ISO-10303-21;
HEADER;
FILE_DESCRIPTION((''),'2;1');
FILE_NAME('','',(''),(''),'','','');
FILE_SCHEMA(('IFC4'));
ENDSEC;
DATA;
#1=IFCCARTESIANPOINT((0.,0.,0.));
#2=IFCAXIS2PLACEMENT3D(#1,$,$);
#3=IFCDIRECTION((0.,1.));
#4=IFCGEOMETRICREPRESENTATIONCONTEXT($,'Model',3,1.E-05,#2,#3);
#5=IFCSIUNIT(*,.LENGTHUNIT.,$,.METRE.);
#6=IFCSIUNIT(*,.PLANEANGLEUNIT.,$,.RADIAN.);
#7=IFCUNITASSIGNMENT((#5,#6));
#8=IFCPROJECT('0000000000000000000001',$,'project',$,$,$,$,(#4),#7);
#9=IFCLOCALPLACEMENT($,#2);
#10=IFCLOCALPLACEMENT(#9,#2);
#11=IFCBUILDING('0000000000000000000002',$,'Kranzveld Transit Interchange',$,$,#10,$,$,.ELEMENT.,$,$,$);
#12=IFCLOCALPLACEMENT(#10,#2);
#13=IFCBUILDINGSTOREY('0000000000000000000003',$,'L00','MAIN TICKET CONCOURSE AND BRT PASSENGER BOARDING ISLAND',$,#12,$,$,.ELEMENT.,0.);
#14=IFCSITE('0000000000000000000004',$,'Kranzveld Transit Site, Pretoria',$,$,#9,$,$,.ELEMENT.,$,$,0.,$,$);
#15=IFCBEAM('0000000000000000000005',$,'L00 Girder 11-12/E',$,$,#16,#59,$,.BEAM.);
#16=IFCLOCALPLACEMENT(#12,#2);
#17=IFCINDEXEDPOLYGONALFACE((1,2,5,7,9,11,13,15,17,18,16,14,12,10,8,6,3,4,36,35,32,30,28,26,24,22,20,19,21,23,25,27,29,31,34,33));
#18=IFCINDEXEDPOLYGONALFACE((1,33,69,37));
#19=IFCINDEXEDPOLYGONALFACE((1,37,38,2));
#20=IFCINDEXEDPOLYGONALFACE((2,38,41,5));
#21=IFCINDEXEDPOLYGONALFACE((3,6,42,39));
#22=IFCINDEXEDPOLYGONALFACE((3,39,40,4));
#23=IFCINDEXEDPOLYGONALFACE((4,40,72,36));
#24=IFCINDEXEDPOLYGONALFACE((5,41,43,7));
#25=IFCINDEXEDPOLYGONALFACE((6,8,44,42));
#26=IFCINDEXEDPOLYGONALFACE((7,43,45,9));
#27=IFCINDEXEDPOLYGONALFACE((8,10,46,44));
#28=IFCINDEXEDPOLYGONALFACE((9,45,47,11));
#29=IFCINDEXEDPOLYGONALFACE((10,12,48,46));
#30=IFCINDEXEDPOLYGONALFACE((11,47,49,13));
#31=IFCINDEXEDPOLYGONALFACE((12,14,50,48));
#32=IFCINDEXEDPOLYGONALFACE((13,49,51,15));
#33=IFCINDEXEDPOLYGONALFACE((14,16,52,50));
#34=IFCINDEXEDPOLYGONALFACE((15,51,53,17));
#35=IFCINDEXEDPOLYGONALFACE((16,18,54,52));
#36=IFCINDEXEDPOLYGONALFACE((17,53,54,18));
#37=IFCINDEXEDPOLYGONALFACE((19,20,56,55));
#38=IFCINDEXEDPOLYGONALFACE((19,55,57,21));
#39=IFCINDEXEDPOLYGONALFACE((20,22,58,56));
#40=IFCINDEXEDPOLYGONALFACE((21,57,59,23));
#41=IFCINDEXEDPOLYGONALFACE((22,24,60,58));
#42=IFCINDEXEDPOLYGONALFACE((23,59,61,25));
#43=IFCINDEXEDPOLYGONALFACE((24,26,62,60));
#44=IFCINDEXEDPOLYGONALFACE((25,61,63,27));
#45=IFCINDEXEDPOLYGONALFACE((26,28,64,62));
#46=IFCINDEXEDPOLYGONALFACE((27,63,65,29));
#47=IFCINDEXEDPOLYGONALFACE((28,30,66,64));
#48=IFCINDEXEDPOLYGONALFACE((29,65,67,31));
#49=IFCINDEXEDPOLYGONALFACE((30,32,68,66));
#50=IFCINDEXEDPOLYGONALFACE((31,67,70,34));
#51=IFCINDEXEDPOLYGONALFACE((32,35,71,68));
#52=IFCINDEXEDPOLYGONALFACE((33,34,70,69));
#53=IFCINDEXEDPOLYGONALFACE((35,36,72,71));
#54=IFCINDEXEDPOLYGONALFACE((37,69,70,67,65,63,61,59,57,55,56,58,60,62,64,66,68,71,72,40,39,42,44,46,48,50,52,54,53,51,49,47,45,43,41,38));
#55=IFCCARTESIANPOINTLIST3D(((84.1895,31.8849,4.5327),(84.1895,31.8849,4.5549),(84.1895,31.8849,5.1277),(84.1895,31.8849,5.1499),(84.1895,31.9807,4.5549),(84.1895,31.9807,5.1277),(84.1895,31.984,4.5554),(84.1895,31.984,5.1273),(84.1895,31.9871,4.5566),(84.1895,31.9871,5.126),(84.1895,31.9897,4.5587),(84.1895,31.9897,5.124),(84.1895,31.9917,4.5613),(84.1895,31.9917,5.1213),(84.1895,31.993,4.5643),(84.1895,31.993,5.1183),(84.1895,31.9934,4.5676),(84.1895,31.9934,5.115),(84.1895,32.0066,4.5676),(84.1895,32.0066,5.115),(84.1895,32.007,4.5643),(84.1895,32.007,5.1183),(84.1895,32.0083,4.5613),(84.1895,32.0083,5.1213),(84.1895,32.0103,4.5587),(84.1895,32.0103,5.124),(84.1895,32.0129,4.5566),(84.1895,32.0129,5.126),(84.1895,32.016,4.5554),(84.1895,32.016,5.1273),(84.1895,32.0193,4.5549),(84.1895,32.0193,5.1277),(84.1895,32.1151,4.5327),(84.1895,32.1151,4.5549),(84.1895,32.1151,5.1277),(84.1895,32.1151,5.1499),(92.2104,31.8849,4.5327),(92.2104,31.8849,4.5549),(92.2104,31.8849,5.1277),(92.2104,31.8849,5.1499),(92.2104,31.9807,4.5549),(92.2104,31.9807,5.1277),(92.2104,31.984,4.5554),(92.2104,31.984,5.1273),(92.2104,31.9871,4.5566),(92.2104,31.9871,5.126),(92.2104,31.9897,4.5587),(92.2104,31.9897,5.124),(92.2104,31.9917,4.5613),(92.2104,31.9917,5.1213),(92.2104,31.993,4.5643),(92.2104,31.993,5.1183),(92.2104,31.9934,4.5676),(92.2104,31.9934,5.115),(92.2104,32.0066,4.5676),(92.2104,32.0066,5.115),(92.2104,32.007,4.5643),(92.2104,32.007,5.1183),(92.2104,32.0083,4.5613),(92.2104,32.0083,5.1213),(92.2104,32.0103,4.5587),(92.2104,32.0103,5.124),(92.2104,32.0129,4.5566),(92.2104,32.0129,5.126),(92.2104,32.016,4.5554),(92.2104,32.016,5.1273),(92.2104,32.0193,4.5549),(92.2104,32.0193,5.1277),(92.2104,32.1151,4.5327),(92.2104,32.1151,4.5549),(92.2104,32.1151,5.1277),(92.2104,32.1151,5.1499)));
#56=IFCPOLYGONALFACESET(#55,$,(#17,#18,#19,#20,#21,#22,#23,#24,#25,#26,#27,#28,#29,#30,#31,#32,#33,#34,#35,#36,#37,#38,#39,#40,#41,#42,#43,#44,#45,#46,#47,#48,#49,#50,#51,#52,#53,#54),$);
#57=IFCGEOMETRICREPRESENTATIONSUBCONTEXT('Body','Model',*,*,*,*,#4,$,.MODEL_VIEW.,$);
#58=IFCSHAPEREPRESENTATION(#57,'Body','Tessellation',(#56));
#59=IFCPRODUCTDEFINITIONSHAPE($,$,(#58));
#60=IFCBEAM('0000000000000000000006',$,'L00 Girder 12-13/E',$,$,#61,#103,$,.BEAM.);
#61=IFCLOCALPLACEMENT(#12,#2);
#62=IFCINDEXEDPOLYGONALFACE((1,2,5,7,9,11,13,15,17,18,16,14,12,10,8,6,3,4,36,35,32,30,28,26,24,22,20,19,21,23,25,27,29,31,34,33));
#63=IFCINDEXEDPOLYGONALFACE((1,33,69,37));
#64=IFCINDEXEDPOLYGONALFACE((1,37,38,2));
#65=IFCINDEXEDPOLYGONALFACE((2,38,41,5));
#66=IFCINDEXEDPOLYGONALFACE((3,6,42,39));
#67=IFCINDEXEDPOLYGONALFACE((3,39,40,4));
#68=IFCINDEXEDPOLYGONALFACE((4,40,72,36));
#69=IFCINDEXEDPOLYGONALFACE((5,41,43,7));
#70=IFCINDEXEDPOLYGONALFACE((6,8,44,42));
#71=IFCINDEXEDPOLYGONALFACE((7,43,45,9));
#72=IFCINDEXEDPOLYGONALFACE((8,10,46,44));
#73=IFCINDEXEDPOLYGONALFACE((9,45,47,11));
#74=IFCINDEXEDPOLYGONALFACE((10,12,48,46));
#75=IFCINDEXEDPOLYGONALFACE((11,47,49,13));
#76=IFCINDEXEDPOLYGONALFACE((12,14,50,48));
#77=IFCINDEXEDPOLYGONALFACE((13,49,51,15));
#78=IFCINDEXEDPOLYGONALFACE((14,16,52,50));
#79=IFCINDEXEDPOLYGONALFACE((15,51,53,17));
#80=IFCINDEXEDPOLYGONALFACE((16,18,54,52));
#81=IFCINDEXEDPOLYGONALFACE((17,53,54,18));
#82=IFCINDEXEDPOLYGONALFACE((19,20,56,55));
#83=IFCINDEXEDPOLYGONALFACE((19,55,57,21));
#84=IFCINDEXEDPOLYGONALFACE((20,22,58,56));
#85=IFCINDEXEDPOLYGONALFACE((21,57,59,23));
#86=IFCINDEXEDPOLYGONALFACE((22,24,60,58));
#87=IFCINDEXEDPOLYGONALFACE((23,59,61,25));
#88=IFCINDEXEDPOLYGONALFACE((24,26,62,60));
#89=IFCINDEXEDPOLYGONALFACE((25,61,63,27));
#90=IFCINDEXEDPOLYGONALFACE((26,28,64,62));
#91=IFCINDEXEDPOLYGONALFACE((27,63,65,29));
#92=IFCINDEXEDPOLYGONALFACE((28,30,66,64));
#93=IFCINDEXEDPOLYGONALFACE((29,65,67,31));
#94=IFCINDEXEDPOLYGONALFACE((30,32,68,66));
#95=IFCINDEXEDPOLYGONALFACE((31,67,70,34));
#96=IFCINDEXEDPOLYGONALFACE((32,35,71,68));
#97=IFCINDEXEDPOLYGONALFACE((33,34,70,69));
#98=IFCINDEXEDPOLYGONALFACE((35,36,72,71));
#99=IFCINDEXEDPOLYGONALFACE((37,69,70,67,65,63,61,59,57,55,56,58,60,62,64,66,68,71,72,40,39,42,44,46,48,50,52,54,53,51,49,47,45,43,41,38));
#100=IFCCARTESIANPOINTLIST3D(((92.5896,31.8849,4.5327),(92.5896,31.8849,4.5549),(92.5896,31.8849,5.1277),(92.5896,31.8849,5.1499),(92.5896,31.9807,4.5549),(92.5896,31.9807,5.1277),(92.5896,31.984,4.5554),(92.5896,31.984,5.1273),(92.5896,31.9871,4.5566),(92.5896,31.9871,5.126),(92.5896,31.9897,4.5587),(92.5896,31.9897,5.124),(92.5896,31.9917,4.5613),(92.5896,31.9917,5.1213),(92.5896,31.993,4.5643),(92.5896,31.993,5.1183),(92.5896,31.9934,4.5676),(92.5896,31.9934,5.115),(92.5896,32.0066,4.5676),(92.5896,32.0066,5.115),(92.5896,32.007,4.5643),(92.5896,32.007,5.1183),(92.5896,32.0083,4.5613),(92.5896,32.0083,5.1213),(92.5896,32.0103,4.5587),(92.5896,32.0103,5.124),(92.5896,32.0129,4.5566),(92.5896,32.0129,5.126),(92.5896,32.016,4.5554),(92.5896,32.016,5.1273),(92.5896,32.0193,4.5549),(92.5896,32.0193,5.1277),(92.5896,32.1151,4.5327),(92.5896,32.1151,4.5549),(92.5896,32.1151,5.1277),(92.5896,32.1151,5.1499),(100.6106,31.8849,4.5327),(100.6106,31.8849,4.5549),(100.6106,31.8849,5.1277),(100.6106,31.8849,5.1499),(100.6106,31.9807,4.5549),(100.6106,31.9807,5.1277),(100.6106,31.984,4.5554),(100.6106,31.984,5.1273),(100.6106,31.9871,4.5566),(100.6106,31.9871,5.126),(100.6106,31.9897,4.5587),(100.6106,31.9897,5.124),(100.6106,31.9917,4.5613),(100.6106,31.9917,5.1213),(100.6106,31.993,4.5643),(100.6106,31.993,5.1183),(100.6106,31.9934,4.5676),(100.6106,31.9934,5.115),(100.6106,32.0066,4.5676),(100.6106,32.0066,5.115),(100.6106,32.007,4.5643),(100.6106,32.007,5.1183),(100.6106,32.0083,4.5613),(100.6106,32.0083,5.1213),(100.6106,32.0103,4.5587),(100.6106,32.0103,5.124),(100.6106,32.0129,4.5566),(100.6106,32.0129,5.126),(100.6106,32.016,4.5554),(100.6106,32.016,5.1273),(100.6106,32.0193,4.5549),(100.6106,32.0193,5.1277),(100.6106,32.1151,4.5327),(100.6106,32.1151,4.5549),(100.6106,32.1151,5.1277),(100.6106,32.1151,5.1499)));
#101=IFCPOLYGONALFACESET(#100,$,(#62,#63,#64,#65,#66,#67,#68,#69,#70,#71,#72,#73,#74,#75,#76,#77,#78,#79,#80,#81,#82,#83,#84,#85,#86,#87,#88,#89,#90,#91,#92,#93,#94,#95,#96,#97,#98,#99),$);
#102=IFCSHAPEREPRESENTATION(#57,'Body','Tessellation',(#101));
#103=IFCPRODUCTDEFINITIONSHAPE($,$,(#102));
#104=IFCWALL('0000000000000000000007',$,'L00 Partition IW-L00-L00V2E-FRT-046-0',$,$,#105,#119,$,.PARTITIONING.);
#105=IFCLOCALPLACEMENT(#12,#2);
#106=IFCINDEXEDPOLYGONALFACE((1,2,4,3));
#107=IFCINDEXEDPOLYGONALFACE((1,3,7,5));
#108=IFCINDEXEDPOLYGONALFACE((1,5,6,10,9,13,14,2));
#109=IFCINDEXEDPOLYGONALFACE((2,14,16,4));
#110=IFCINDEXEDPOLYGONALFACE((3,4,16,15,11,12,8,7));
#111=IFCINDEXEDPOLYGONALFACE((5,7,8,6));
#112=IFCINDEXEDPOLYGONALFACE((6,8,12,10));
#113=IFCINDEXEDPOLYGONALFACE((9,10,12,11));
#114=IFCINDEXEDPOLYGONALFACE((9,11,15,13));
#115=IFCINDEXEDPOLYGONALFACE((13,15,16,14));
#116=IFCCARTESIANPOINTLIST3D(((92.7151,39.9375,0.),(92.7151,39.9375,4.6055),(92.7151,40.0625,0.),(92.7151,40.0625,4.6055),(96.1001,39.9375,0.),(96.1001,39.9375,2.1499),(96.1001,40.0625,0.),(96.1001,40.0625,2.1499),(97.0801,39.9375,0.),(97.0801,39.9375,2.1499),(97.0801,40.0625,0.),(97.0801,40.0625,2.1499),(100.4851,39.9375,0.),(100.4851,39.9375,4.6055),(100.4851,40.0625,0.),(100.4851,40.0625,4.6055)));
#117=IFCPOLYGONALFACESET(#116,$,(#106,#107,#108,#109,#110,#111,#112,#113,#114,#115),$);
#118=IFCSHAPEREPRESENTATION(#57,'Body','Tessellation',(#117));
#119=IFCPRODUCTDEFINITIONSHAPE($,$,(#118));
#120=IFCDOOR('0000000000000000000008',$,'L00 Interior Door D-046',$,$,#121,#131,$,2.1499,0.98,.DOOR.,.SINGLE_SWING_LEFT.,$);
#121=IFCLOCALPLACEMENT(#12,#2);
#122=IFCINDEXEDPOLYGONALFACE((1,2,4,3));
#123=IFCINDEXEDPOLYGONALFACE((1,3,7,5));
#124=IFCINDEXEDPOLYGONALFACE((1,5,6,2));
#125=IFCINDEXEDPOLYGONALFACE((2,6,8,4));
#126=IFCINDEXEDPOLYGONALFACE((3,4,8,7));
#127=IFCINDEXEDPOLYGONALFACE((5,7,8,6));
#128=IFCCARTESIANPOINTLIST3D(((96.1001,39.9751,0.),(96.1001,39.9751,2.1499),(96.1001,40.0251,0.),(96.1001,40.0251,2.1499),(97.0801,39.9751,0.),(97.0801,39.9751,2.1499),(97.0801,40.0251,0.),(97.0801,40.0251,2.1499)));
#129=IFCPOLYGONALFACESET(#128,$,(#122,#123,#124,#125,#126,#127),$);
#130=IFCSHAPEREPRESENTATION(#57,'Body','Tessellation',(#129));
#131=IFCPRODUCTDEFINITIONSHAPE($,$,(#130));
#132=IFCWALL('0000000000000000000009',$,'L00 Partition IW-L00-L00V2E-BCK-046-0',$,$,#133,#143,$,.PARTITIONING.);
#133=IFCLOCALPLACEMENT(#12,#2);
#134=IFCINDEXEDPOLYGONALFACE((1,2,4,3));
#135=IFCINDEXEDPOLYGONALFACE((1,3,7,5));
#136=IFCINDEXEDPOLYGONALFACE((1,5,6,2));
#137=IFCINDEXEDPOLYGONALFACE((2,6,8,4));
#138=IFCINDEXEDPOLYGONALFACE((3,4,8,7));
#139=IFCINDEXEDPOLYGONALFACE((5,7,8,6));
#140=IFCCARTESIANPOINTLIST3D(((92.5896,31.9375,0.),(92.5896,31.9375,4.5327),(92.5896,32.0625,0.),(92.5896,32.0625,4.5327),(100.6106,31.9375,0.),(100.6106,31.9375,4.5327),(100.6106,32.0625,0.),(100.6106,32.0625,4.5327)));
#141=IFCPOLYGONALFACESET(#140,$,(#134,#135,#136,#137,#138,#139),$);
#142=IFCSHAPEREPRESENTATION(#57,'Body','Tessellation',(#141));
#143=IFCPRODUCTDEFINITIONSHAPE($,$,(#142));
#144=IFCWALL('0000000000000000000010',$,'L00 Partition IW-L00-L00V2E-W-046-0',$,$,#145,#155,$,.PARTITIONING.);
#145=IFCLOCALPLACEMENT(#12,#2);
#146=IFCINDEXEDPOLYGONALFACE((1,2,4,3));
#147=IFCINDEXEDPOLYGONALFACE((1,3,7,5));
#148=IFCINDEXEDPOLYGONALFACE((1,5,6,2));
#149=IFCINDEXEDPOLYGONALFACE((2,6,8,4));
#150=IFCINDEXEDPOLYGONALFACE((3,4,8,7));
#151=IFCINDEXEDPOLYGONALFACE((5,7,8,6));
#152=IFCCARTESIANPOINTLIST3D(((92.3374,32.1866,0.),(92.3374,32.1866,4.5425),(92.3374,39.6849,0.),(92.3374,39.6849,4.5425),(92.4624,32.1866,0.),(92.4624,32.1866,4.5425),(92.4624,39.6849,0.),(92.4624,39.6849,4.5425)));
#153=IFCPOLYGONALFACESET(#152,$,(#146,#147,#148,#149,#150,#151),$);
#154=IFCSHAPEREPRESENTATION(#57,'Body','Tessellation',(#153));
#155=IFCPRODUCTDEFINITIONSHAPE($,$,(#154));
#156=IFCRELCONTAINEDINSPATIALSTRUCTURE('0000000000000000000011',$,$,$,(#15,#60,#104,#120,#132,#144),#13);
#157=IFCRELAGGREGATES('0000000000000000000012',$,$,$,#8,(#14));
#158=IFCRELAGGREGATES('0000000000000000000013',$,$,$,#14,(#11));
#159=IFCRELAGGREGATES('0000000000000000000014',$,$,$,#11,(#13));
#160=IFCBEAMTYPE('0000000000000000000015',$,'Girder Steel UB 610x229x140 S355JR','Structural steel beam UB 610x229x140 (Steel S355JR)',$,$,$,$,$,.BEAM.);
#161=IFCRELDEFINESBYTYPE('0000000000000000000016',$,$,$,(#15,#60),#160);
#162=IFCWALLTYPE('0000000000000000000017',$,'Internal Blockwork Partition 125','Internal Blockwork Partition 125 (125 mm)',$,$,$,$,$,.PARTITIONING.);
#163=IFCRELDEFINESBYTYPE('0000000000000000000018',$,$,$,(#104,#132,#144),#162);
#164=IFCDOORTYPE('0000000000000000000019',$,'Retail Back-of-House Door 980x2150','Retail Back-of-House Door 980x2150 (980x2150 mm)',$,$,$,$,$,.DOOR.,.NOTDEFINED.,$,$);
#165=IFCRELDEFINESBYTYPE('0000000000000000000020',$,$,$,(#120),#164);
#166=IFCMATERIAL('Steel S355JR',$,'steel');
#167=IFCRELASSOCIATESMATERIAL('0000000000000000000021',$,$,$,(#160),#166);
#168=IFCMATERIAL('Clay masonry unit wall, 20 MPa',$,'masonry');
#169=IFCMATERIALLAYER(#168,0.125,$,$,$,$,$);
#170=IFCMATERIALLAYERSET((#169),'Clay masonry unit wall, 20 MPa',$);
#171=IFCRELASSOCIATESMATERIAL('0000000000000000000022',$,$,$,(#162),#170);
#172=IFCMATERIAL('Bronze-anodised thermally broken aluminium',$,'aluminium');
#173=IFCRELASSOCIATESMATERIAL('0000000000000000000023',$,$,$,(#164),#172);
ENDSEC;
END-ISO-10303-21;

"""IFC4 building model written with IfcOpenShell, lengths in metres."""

from ifc_helpers import new_model, si_unit, direction, frame, frame_2d, origin, origin_2d, place, context, subcontext, project, spatial, rectangle, i_section, extrude, material, layer, layer_set, material_profile, profile_set, type_object, element, fill, save


model = new_model("IFC4")

# Units and contexts
model_context = context("Model", 3, precision=1e-05, world=origin(), true_north=direction((0.0, 1.0)))
body_context = subcontext(model_context, "Body", "Model", "MODEL_VIEW")
ifc_project = project(units=[si_unit("LENGTHUNIT", "METRE"), si_unit("PLANEANGLEUNIT", "RADIAN")], contexts=[model_context])

# Site, building, storey
site_placement = place(None, origin())
site = spatial("IfcSite", under=ifc_project, at=site_placement, Name="Kranzveld Transit Site, Pretoria", CompositionType="ELEMENT", RefElevation=0.0)
building_placement = place(site_placement, origin())
building = spatial("IfcBuilding", under=site, at=building_placement, Name="Kranzveld Transit Interchange", CompositionType="ELEMENT")
storey_placement = place(building_placement, origin())
storey = spatial("IfcBuildingStorey", under=building, at=storey_placement, Name="L00", Description="MAIN TICKET CONCOURSE AND BRT PASSENGER BOARDING ISLAND", CompositionType="ELEMENT", Elevation=0.0)

# Beams
ifc_material_1 = material(Name="Steel S355JR", Category="steel")
ifc_material_profile_1 = material_profile(ifc_material_1, i_section(OverallWidth=0.2302, OverallDepth=0.6172, WebThickness=0.0132, FlangeThickness=0.0222, FilletRadius=0.0127, at=origin_2d()), Name="UB 610x229x140")
ifc_profile_set_1 = profile_set([ifc_material_profile_1], Name="Steel S355JR")
beam_type_1 = type_object("IfcBeamType", Name="Girder Steel UB 610x229x140 S355JR", Description="Structural steel beam UB 610x229x140 (Steel S355JR)", PredefinedType="BEAM", material=ifc_profile_set_1)
for number, where, z_axis, x_axis, name in (
    (1, (84.1895, 32.0, 4.8413), (1.0, 0.0, 0.0), (0.0, 1.0, 0.0), "L00 Girder 11-12/E"),
    (2, (92.5896, 32.0, 4.8413), (1.0, 0.0, 0.0), (0.0, 1.0, 0.0), "L00 Girder 12-13/E"),
):
    element("IfcBeam", number, at=place(storey_placement, frame(where, z_axis=z_axis, x_axis=x_axis)), inside=storey, type_object=beam_type_1, Name=name, PredefinedType="BEAM", context=body_context, shape_type="SweptSolid", body=[
        extrude(i_section(OverallWidth=0.2302, OverallDepth=0.6172, WebThickness=0.0132, FlangeThickness=0.0222, FilletRadius=0.0127, at=origin_2d()), origin(), (0.0, 0.0, 1.0), 8.021),
    ])

# Wall, opening, door
ifc_material_2 = material(Name="Clay masonry unit wall, 20 MPa", Category="masonry")
ifc_layer = layer(ifc_material_2, 0.125)
ifc_layer_set = layer_set([ifc_layer], Name="Clay masonry unit wall, 20 MPa")
wall_type = type_object("IfcWallType", Name="Internal Blockwork Partition 125", Description="Internal Blockwork Partition 125 (125 mm)", PredefinedType="PARTITIONING", material=ifc_layer_set)
wall_1_placement = place(storey_placement, frame((92.7151, 40.0, 0.0), z_axis=(0.0, 0.0, 1.0), x_axis=(1.0, 0.0, 0.0)))
wall_1 = element("IfcWall", 3, at=wall_1_placement, inside=storey, type_object=wall_type, Name="L00 Partition IW-L00-L00V2E-FRT-046-0", PredefinedType="PARTITIONING", context=body_context, shape_type="SweptSolid", body=[
    extrude(rectangle(XDim=7.77, YDim=0.125, at=frame_2d((3.885, 0.0))), origin(), (0.0, 0.0, 1.0), 4.6055),
])
opening_placement = place(wall_1_placement, frame((4.365, 0.0, 0.0), z_axis=(0.0, 0.0, 1.0), x_axis=(-1.0, 0.0, 0.0)))
opening = element("IfcOpeningElement", 4, at=opening_placement, cuts=wall_1, PredefinedType="OPENING", context=body_context, shape_type="SweptSolid", body=[
    extrude(rectangle(XDim=0.98, YDim=2.1499, at=frame_2d((0.49, 1.075))), frame((0.0, 0.0725, 0.0), z_axis=(0.0, -1.0, 0.0), x_axis=(1.0, 0.0, 0.0)), (0.0, 0.0, 1.0), 0.145),
])
ifc_material_3 = material(Name="Bronze-anodised thermally broken aluminium", Category="aluminium")
door_type = type_object("IfcDoorType", Name="Retail Back-of-House Door 980x2150", Description="Retail Back-of-House Door 980x2150 (980x2150 mm)", OperationType="NOTDEFINED", PredefinedType="DOOR", material=ifc_material_3)
door_placement = place(opening_placement, origin())
door = element("IfcDoor", 5, at=door_placement, inside=storey, type_object=door_type, Name="L00 Interior Door D-046", OperationType="SINGLE_SWING_LEFT", OverallHeight=2.1499, OverallWidth=0.98, PredefinedType="DOOR", context=body_context, shape_type="SweptSolid", body=[
    extrude(rectangle(XDim=0.98, YDim=2.1499, at=frame_2d((0.49, 1.075))), frame((0.0, 0.0249, 0.0), z_axis=(0.0, -1.0, 0.0), x_axis=(1.0, 0.0, 0.0)), (0.0, 0.0, 1.0), 0.05),
])
fill(opening, door)

# Walls
wall_2_placement = place(storey_placement, frame((92.5896, 32.0, 0.0), z_axis=(0.0, 0.0, 1.0), x_axis=(1.0, 0.0, 0.0)))
element("IfcWall", 6, at=wall_2_placement, inside=storey, type_object=wall_type, Name="L00 Partition IW-L00-L00V2E-BCK-046-0", PredefinedType="PARTITIONING", context=body_context, shape_type="SweptSolid", body=[
    extrude(rectangle(XDim=8.021, YDim=0.125, at=frame_2d((4.0105, 0.0))), origin(), (0.0, 0.0, 1.0), 4.5327),
])
wall_3_placement = place(storey_placement, frame((92.3999, 32.1868, 0.0), z_axis=(0.0, 0.0, 1.0), x_axis=(0.0, 1.0, 0.0)))
element("IfcWall", 7, at=wall_3_placement, inside=storey, type_object=wall_type, Name="L00 Partition IW-L00-L00V2E-W-046-0", PredefinedType="PARTITIONING", context=body_context, shape_type="SweptSolid", body=[
    extrude(rectangle(XDim=7.4983, YDim=0.125, at=frame_2d((3.749, 0.0))), origin(), (0.0, 0.0, 1.0), 4.5425),
])

save(model, "model.ifc")
